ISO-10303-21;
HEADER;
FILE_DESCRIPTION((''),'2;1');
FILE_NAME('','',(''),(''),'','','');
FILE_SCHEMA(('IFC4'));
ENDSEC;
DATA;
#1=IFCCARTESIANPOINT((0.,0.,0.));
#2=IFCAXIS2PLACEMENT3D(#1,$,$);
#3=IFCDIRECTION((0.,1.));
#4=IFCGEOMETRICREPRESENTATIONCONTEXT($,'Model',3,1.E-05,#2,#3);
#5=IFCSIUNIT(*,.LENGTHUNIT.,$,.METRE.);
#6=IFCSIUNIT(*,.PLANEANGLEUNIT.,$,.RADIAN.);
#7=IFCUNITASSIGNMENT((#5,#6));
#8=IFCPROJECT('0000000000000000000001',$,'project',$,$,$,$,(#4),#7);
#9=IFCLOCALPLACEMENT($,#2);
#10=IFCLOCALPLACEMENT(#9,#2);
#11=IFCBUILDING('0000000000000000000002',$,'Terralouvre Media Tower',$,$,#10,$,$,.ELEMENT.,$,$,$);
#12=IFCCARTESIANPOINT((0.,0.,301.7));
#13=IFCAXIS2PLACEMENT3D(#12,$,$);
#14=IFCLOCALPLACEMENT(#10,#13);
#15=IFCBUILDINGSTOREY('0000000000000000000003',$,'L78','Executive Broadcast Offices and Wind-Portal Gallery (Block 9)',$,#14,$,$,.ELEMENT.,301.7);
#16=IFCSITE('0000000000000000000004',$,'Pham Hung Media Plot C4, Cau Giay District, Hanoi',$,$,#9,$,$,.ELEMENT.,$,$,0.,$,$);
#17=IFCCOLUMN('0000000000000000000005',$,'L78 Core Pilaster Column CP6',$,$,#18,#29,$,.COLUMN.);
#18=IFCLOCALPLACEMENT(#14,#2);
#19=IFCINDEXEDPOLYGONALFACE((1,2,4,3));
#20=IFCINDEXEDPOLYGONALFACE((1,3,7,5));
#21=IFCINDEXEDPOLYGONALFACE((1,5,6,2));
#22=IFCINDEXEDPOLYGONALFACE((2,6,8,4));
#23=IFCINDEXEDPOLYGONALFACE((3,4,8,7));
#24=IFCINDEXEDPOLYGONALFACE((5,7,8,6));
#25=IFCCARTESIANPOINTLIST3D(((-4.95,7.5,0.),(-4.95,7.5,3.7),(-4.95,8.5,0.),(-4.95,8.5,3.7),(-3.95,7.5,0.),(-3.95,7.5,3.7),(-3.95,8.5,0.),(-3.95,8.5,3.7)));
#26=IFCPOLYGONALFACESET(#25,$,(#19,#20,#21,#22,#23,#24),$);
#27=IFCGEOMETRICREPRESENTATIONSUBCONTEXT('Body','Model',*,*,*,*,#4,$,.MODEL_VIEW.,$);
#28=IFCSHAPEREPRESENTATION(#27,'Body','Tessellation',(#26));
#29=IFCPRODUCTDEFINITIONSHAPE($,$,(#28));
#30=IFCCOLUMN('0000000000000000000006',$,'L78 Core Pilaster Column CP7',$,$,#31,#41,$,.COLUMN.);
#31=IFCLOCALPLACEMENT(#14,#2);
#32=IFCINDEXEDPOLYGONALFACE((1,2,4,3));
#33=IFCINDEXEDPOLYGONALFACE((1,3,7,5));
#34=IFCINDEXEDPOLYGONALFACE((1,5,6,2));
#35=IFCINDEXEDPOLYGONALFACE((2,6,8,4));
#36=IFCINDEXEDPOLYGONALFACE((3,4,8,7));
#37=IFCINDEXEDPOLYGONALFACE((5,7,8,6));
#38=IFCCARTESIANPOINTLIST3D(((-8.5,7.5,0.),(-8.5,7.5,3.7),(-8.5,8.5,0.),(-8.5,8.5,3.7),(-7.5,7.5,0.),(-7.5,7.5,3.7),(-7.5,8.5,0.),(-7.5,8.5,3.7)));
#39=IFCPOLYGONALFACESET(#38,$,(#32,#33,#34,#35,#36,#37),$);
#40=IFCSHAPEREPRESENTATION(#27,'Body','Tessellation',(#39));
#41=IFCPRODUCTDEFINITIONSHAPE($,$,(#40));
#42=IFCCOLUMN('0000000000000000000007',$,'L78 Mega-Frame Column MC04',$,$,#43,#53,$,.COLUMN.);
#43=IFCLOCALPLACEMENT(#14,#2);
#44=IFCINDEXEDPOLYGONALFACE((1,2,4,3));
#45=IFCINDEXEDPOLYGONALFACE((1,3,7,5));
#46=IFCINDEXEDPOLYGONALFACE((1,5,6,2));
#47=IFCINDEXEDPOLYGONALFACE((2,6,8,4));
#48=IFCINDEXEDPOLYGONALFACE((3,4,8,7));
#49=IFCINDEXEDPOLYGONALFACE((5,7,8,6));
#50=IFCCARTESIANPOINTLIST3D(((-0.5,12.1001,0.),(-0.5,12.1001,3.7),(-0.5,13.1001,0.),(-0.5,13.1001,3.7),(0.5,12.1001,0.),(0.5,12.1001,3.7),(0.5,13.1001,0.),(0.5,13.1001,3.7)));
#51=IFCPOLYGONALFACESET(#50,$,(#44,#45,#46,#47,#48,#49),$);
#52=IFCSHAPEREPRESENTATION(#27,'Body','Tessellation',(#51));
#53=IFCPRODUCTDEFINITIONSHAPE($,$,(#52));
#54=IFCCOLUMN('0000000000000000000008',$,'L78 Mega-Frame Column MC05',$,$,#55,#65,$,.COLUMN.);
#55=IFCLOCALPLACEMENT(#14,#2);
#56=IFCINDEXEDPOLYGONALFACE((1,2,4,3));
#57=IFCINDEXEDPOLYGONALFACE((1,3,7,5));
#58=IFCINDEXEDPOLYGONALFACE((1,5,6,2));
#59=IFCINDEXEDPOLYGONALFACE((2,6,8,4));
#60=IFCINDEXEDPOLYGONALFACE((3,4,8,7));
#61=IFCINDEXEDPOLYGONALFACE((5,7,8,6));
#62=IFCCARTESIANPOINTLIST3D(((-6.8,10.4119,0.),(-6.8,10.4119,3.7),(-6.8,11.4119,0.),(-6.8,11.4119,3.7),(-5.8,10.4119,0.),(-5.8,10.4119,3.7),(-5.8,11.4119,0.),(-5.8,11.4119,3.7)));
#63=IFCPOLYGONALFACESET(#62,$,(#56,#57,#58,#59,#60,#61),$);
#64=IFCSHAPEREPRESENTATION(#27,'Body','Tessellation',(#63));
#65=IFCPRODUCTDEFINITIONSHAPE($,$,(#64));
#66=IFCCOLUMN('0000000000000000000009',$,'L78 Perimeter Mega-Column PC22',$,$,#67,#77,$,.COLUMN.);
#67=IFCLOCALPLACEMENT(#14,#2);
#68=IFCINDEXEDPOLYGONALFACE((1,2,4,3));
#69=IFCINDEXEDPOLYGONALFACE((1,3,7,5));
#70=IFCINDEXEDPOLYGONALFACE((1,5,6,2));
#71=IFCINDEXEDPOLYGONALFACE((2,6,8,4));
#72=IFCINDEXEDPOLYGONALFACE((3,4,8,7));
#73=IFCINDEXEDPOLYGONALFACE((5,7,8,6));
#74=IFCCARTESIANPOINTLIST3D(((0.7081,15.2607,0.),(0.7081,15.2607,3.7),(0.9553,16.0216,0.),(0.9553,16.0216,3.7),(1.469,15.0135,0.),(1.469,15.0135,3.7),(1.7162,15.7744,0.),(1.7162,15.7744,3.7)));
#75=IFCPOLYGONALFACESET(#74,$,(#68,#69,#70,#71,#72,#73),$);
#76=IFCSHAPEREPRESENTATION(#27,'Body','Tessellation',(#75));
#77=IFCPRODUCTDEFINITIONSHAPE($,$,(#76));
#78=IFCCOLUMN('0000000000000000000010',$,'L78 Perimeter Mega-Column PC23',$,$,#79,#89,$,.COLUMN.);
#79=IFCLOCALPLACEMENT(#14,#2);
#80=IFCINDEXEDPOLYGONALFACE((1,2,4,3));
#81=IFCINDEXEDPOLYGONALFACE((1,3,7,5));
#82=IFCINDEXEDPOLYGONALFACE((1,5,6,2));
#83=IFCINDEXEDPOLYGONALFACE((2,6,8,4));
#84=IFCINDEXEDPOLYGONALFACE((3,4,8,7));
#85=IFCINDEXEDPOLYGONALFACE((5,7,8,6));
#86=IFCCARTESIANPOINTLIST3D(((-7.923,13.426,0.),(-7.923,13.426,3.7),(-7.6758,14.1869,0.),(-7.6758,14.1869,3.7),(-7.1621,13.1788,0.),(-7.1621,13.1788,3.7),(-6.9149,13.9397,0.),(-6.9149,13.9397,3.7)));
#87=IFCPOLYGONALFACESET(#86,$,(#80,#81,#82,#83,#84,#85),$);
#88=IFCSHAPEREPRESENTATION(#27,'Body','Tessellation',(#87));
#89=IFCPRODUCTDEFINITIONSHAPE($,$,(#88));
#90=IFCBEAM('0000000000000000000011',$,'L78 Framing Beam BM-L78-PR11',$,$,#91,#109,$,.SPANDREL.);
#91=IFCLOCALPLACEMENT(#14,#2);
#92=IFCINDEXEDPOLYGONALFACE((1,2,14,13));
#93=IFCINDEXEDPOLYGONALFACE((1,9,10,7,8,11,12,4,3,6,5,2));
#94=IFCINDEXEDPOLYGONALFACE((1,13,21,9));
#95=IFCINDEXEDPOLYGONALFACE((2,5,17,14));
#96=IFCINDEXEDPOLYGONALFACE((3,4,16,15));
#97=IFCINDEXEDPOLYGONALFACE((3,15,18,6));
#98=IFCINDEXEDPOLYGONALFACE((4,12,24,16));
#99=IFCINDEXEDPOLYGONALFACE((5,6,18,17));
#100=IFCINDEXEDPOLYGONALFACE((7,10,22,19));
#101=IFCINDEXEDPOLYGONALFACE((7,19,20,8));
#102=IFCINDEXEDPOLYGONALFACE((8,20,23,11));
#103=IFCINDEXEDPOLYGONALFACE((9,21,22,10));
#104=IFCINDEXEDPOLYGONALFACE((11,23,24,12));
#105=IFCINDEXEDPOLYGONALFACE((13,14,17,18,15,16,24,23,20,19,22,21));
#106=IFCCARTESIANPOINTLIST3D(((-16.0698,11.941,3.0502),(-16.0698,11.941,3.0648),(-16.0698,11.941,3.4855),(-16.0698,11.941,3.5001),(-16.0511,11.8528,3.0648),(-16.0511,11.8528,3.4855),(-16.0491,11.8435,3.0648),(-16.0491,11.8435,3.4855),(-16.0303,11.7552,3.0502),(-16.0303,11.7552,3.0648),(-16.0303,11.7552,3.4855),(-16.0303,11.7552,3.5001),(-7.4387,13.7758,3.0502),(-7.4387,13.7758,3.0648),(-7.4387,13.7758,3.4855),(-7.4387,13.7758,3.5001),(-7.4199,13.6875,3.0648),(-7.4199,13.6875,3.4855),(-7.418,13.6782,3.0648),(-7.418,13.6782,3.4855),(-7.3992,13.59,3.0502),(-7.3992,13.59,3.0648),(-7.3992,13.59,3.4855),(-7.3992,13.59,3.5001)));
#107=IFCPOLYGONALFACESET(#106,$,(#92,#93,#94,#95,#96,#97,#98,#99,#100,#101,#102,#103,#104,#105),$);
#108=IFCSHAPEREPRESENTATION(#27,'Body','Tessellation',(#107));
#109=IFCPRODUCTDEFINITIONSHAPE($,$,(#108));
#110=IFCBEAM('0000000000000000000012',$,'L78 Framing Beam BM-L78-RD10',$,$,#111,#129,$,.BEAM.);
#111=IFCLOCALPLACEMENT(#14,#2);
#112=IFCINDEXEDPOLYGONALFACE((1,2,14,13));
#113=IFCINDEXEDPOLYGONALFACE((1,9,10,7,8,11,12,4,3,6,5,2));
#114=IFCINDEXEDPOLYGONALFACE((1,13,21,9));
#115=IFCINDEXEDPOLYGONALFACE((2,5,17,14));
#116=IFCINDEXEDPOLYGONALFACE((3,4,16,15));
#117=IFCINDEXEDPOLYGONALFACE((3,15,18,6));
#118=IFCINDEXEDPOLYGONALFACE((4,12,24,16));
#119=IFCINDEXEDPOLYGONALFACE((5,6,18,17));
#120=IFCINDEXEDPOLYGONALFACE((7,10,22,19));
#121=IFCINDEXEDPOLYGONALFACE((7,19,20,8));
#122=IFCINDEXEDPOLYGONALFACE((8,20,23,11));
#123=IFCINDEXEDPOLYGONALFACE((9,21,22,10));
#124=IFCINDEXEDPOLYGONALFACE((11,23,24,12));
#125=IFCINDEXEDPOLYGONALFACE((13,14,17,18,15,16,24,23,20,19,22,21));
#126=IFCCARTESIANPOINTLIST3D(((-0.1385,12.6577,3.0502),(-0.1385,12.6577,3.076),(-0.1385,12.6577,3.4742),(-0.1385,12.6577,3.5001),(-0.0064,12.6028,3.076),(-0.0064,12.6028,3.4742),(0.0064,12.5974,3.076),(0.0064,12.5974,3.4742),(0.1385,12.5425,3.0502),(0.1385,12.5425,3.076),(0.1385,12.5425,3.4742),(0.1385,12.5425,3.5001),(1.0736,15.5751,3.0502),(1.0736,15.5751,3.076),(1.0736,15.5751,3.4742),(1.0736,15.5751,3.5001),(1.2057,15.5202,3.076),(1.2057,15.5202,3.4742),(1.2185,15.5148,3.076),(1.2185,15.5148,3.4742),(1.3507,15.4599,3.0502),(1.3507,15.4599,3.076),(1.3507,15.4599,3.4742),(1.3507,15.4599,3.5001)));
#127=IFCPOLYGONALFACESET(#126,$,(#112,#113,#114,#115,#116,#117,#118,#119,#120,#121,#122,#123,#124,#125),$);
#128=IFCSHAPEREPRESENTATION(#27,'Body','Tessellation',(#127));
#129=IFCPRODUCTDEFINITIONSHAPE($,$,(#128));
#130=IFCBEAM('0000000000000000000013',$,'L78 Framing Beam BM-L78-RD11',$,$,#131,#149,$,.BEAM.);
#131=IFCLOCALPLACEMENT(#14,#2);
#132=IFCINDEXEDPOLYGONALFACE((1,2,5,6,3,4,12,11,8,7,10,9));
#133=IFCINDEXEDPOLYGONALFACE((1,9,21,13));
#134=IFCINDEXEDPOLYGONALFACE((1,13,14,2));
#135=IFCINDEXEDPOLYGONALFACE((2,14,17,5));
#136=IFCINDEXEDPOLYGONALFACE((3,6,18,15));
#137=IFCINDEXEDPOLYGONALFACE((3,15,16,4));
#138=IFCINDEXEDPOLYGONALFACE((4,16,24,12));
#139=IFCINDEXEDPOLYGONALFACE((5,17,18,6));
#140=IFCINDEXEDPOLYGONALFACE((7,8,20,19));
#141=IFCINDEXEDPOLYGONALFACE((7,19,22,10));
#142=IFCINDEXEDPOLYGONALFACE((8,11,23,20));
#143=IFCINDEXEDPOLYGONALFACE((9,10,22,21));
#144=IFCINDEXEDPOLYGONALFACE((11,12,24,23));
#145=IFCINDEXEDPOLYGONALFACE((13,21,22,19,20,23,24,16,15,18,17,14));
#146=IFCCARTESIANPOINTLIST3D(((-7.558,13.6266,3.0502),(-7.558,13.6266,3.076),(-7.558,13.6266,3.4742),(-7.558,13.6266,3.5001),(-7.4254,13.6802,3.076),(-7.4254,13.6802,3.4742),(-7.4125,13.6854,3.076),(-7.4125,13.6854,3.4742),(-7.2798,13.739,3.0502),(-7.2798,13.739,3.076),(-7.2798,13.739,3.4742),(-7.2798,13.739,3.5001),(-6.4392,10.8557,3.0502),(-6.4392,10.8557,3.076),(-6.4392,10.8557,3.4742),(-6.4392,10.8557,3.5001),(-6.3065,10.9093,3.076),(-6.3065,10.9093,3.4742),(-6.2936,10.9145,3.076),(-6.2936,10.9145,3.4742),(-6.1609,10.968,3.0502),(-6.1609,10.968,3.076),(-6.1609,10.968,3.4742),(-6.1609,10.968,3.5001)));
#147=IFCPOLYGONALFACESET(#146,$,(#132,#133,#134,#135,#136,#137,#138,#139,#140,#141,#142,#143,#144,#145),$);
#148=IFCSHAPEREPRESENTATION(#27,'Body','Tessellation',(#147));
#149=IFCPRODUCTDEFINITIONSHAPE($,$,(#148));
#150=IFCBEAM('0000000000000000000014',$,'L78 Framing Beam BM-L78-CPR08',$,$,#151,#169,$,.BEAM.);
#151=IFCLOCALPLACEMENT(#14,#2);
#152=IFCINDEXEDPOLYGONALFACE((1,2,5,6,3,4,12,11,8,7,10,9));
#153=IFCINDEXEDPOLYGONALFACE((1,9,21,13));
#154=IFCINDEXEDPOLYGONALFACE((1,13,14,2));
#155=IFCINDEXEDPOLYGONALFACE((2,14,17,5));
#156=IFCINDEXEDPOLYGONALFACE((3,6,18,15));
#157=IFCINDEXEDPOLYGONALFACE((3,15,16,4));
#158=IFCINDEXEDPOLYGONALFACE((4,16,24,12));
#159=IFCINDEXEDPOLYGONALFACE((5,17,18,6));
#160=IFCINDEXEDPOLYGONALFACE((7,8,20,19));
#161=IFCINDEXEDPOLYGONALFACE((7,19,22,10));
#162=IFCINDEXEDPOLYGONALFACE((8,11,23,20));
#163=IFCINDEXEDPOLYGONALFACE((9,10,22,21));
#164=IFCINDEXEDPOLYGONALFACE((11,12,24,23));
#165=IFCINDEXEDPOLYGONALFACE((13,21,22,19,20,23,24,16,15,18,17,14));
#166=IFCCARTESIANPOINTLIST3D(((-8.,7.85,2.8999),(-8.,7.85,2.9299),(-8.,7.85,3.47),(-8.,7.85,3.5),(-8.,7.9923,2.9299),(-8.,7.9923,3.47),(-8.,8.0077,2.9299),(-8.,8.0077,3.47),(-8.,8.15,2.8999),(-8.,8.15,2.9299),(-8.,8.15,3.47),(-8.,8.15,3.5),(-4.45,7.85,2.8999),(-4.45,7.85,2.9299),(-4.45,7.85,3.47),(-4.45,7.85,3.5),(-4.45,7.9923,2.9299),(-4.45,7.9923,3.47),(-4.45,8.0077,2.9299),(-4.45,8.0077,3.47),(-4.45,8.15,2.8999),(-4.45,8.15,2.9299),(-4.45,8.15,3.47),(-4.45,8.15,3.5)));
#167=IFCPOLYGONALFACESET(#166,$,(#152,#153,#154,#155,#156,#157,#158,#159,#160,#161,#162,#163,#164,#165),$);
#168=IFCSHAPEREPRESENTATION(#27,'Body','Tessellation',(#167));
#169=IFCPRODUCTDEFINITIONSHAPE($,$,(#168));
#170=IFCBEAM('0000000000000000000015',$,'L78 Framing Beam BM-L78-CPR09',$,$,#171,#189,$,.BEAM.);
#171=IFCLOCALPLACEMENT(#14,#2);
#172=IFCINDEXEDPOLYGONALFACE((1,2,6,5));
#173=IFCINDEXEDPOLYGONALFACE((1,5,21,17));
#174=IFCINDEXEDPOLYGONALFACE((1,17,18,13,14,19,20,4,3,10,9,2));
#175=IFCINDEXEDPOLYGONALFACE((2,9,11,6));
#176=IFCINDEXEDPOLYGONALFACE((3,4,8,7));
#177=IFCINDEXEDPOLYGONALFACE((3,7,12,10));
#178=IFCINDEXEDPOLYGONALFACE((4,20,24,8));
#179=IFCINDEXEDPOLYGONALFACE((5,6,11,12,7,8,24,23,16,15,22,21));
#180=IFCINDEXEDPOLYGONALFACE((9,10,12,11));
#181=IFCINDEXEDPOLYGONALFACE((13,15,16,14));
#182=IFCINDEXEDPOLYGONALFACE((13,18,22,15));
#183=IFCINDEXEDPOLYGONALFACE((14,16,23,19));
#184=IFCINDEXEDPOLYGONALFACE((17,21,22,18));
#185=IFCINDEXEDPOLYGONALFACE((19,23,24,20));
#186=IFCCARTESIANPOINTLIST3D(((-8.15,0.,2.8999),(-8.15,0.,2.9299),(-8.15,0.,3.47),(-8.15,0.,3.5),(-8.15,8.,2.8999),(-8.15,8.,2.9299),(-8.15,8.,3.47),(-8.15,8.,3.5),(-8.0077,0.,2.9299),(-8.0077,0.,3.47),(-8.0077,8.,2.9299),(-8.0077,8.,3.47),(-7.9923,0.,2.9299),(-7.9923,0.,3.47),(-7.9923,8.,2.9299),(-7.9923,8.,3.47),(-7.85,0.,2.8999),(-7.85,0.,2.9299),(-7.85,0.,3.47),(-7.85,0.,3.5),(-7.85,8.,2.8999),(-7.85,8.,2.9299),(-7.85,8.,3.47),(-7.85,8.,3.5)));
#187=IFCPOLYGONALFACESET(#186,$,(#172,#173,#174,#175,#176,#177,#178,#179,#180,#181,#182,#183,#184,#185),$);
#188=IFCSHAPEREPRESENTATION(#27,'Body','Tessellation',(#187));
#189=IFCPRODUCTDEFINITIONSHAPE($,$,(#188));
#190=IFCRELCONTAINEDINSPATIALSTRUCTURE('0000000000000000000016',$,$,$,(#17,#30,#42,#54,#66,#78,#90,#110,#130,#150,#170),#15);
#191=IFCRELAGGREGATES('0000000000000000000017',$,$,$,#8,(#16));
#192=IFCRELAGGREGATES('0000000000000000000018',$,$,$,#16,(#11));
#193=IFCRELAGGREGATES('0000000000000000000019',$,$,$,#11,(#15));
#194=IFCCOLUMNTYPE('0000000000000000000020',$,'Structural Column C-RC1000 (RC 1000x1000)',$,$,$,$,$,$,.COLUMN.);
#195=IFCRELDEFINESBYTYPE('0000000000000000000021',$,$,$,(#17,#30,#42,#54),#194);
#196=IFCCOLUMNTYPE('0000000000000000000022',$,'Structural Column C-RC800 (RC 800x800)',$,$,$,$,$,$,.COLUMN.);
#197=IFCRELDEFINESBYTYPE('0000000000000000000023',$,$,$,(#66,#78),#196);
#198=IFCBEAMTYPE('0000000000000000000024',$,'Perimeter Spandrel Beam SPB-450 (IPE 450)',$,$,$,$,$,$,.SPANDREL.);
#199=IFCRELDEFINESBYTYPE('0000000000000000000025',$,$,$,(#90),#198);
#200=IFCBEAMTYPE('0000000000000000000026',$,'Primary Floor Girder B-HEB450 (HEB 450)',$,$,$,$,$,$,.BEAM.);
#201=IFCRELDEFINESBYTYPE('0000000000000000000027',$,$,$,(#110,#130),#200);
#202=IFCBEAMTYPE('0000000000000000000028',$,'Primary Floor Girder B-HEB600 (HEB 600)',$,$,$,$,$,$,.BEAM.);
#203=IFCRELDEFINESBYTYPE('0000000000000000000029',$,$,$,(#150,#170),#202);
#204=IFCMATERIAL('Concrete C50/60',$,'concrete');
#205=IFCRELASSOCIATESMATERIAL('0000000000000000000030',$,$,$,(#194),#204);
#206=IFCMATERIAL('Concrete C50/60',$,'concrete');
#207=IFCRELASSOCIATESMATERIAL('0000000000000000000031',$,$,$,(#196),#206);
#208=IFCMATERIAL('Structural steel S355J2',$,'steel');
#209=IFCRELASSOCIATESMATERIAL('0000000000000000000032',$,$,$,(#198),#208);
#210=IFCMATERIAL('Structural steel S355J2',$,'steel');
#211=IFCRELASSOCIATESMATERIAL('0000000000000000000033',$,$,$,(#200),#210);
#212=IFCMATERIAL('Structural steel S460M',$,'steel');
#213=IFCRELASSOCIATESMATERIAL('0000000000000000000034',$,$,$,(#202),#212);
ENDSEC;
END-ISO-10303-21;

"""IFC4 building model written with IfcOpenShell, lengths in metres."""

from ifc_helpers import new_model, si_unit, direction, frame, origin, origin_2d, place, context, subcontext, project, spatial, rectangle, i_section, extrude, material, material_profile, profile_set, type_object, element, save


model = new_model("IFC4")

# Units and contexts
model_context = context("Model", 3, precision=1e-05, world=origin(), true_north=direction((0.0, 1.0)))
body_context = subcontext(model_context, "Body", "Model", "MODEL_VIEW")
ifc_project = project(units=[si_unit("LENGTHUNIT", "METRE"), si_unit("PLANEANGLEUNIT", "RADIAN")], contexts=[model_context])

# Site, building, storey
site_placement = place(None, origin())
site = spatial("IfcSite", under=ifc_project, at=site_placement, Name="Pham Hung Media Plot C4, Cau Giay District, Hanoi", CompositionType="ELEMENT", RefElevation=0.0)
building_placement = place(site_placement, origin())
building = spatial("IfcBuilding", under=site, at=building_placement, Name="Terralouvre Media Tower", CompositionType="ELEMENT")
storey_placement = place(building_placement, frame((0.0, 0.0, 301.7)))
storey = spatial("IfcBuildingStorey", under=building, at=storey_placement, Name="L78", Description="Executive Broadcast Offices and Wind-Portal Gallery (Block 9)", CompositionType="ELEMENT", Elevation=301.7)

# Columns
ifc_material_1 = material(Name="Concrete C50/60", Category="concrete")
ifc_material_profile_1 = material_profile(ifc_material_1, rectangle(XDim=1.0, YDim=1.0, at=origin_2d()), Name="RC 1000x1000")
ifc_profile_set_1 = profile_set([ifc_material_profile_1], Name="Concrete C50/60")
column_type_1 = type_object("IfcColumnType", Name="Structural Column C-RC1000 (RC 1000x1000)", PredefinedType="COLUMN", material=ifc_profile_set_1)
for number, where, z_axis, x_axis, name in (
    (1, (-4.45, 8.0, 0.0), (0.0, 0.0, 1.0), (1.0, 0.0, 0.0), "L78 Core Pilaster Column CP6"),
    (2, (-8.0, 8.0, 0.0), (0.0, 0.0, 1.0), (1.0, 0.0, 0.0), "L78 Core Pilaster Column CP7"),
    (3, (0.0, 12.6001, 0.0), (0.0, 0.0, 1.0), (1.0, 0.0, 0.0), "L78 Mega-Frame Column MC04"),
    (4, (-6.3, 10.9119, 0.0), (0.0, 0.0, 1.0), (1.0, 0.0, 0.0), "L78 Mega-Frame Column MC05"),
):
    element("IfcColumn", number, at=place(storey_placement, frame(where, z_axis=z_axis, x_axis=x_axis)), inside=storey, type_object=column_type_1, Name=name, PredefinedType="COLUMN", context=body_context, shape_type="SweptSolid", body=[
        extrude(rectangle(XDim=1.0, YDim=1.0, at=origin_2d()), origin(), (0.0, 0.0, 1.0), 3.7),
    ])
ifc_material_2 = material(Name="Concrete C50/60", Category="concrete")
ifc_material_profile_2 = material_profile(ifc_material_2, rectangle(XDim=0.8, YDim=0.8, at=origin_2d()), Name="RC 800x800")
ifc_profile_set_2 = profile_set([ifc_material_profile_2], Name="Concrete C50/60")
column_type_2 = type_object("IfcColumnType", Name="Structural Column C-RC800 (RC 800x800)", PredefinedType="COLUMN", material=ifc_profile_set_2)
for number, where, z_axis, x_axis, name in (
    (5, (1.2122, 15.5176, 0.0), (0.0, 0.0, 1.0), (0.309017, 0.951057, 0.0), "L78 Perimeter Mega-Column PC22"),
    (6, (-7.4189, 13.6829, 0.0), (0.0, 0.0, 1.0), (0.309017, 0.951057, 0.0), "L78 Perimeter Mega-Column PC23"),
):
    element("IfcColumn", number, at=place(storey_placement, frame(where, z_axis=z_axis, x_axis=x_axis)), inside=storey, type_object=column_type_2, Name=name, PredefinedType="COLUMN", context=body_context, shape_type="SweptSolid", body=[
        extrude(rectangle(XDim=0.8, YDim=0.8, at=origin_2d()), origin(), (0.0, 0.0, 1.0), 3.7),
    ])

# Beams
ifc_material_3 = material(Name="Structural steel S355J2", Category="steel")
ifc_material_profile_3 = material_profile(ifc_material_3, i_section(OverallWidth=0.1899, OverallDepth=0.45, WebThickness=0.0095, FlangeThickness=0.0146, at=origin_2d()), Name="IPE 450")
ifc_profile_set_3 = profile_set([ifc_material_profile_3], Name="Structural steel S355J2")
beam_type_1 = type_object("IfcBeamType", Name="Perimeter Spandrel Beam SPB-450 (IPE 450)", PredefinedType="SPANDREL", material=ifc_profile_set_3)
beam_1_placement = place(storey_placement, frame((-7.4189, 13.6829, 3.2751), z_axis=(-0.978145, -0.207925, 0.0), x_axis=(0.207925, -0.978145, 0.0)))
element("IfcBeam", 7, at=beam_1_placement, inside=storey, type_object=beam_type_1, Name="L78 Framing Beam BM-L78-PR11", PredefinedType="SPANDREL", context=body_context, shape_type="SweptSolid", body=[
    extrude(i_section(OverallWidth=0.1899, OverallDepth=0.45, WebThickness=0.0095, FlangeThickness=0.0146, at=origin_2d()), origin(), (0.0, 0.0, 1.0), 8.824),
])
ifc_material_4 = material(Name="Structural steel S355J2", Category="steel")
ifc_material_profile_4 = material_profile(ifc_material_4, i_section(OverallWidth=0.3, OverallDepth=0.45, WebThickness=0.0139, FlangeThickness=0.0259, at=origin_2d()), Name="HEB 450")
ifc_profile_set_4 = profile_set([ifc_material_profile_4], Name="Structural steel S355J2")
beam_type_2 = type_object("IfcBeamType", Name="Primary Floor Girder B-HEB450 (HEB 450)", PredefinedType="BEAM", material=ifc_profile_set_4)
beam_2_placement = place(storey_placement, frame((0.0, 12.6001, 3.2751), z_axis=(0.383682, 0.923465, 0.0), x_axis=(-0.923465, 0.383682, 0.0)))
element("IfcBeam", 8, at=beam_2_placement, inside=storey, type_object=beam_type_2, Name="L78 Framing Beam BM-L78-RD10", PredefinedType="BEAM", context=body_context, shape_type="SweptSolid", body=[
    extrude(i_section(OverallWidth=0.3, OverallDepth=0.45, WebThickness=0.0139, FlangeThickness=0.0259, at=origin_2d()), origin(), (0.0, 0.0, 1.0), 3.1592),
])
beam_3_placement = place(storey_placement, frame((-6.3, 10.9119, 3.2751), z_axis=(-0.374417, 0.92726, 0.0), x_axis=(-0.92726, -0.374417, 0.0)))
element("IfcBeam", 9, at=beam_3_placement, inside=storey, type_object=beam_type_2, Name="L78 Framing Beam BM-L78-RD11", PredefinedType="BEAM", context=body_context, shape_type="SweptSolid", body=[
    extrude(i_section(OverallWidth=0.3, OverallDepth=0.45, WebThickness=0.0139, FlangeThickness=0.0259, at=origin_2d()), origin(), (0.0, 0.0, 1.0), 2.9883),
])
ifc_material_5 = material(Name="Structural steel S460M", Category="steel")
ifc_material_profile_5 = material_profile(ifc_material_5, i_section(OverallWidth=0.3, OverallDepth=0.6001, WebThickness=0.0154, FlangeThickness=0.03, at=origin_2d()), Name="HEB 600")
ifc_profile_set_5 = profile_set([ifc_material_profile_5], Name="Structural steel S460M")
beam_type_3 = type_object("IfcBeamType", Name="Primary Floor Girder B-HEB600 (HEB 600)", PredefinedType="BEAM", material=ifc_profile_set_5)
beam_4_placement = place(storey_placement, frame((-4.45, 8.0, 3.2), z_axis=(-1.0, 0.0, 0.0), x_axis=(0.0, -1.0, 0.0)))
element("IfcBeam", 10, at=beam_4_placement, inside=storey, type_object=beam_type_3, Name="L78 Framing Beam BM-L78-CPR08", PredefinedType="BEAM", context=body_context, shape_type="SweptSolid", body=[
    extrude(i_section(OverallWidth=0.3, OverallDepth=0.6001, WebThickness=0.0154, FlangeThickness=0.03, at=origin_2d()), origin(), (0.0, 0.0, 1.0), 3.55),
])
beam_5_placement = place(storey_placement, frame((-8.0, 8.0, 3.2), z_axis=(0.0, -1.0, 0.0), x_axis=(1.0, 0.0, 0.0)))
element("IfcBeam", 11, at=beam_5_placement, inside=storey, type_object=beam_type_3, Name="L78 Framing Beam BM-L78-CPR09", PredefinedType="BEAM", context=body_context, shape_type="SweptSolid", body=[
    extrude(i_section(OverallWidth=0.3, OverallDepth=0.6001, WebThickness=0.0154, FlangeThickness=0.03, at=origin_2d()), origin(), (0.0, 0.0, 1.0), 8.0),
])

save(model, "model.ifc")
